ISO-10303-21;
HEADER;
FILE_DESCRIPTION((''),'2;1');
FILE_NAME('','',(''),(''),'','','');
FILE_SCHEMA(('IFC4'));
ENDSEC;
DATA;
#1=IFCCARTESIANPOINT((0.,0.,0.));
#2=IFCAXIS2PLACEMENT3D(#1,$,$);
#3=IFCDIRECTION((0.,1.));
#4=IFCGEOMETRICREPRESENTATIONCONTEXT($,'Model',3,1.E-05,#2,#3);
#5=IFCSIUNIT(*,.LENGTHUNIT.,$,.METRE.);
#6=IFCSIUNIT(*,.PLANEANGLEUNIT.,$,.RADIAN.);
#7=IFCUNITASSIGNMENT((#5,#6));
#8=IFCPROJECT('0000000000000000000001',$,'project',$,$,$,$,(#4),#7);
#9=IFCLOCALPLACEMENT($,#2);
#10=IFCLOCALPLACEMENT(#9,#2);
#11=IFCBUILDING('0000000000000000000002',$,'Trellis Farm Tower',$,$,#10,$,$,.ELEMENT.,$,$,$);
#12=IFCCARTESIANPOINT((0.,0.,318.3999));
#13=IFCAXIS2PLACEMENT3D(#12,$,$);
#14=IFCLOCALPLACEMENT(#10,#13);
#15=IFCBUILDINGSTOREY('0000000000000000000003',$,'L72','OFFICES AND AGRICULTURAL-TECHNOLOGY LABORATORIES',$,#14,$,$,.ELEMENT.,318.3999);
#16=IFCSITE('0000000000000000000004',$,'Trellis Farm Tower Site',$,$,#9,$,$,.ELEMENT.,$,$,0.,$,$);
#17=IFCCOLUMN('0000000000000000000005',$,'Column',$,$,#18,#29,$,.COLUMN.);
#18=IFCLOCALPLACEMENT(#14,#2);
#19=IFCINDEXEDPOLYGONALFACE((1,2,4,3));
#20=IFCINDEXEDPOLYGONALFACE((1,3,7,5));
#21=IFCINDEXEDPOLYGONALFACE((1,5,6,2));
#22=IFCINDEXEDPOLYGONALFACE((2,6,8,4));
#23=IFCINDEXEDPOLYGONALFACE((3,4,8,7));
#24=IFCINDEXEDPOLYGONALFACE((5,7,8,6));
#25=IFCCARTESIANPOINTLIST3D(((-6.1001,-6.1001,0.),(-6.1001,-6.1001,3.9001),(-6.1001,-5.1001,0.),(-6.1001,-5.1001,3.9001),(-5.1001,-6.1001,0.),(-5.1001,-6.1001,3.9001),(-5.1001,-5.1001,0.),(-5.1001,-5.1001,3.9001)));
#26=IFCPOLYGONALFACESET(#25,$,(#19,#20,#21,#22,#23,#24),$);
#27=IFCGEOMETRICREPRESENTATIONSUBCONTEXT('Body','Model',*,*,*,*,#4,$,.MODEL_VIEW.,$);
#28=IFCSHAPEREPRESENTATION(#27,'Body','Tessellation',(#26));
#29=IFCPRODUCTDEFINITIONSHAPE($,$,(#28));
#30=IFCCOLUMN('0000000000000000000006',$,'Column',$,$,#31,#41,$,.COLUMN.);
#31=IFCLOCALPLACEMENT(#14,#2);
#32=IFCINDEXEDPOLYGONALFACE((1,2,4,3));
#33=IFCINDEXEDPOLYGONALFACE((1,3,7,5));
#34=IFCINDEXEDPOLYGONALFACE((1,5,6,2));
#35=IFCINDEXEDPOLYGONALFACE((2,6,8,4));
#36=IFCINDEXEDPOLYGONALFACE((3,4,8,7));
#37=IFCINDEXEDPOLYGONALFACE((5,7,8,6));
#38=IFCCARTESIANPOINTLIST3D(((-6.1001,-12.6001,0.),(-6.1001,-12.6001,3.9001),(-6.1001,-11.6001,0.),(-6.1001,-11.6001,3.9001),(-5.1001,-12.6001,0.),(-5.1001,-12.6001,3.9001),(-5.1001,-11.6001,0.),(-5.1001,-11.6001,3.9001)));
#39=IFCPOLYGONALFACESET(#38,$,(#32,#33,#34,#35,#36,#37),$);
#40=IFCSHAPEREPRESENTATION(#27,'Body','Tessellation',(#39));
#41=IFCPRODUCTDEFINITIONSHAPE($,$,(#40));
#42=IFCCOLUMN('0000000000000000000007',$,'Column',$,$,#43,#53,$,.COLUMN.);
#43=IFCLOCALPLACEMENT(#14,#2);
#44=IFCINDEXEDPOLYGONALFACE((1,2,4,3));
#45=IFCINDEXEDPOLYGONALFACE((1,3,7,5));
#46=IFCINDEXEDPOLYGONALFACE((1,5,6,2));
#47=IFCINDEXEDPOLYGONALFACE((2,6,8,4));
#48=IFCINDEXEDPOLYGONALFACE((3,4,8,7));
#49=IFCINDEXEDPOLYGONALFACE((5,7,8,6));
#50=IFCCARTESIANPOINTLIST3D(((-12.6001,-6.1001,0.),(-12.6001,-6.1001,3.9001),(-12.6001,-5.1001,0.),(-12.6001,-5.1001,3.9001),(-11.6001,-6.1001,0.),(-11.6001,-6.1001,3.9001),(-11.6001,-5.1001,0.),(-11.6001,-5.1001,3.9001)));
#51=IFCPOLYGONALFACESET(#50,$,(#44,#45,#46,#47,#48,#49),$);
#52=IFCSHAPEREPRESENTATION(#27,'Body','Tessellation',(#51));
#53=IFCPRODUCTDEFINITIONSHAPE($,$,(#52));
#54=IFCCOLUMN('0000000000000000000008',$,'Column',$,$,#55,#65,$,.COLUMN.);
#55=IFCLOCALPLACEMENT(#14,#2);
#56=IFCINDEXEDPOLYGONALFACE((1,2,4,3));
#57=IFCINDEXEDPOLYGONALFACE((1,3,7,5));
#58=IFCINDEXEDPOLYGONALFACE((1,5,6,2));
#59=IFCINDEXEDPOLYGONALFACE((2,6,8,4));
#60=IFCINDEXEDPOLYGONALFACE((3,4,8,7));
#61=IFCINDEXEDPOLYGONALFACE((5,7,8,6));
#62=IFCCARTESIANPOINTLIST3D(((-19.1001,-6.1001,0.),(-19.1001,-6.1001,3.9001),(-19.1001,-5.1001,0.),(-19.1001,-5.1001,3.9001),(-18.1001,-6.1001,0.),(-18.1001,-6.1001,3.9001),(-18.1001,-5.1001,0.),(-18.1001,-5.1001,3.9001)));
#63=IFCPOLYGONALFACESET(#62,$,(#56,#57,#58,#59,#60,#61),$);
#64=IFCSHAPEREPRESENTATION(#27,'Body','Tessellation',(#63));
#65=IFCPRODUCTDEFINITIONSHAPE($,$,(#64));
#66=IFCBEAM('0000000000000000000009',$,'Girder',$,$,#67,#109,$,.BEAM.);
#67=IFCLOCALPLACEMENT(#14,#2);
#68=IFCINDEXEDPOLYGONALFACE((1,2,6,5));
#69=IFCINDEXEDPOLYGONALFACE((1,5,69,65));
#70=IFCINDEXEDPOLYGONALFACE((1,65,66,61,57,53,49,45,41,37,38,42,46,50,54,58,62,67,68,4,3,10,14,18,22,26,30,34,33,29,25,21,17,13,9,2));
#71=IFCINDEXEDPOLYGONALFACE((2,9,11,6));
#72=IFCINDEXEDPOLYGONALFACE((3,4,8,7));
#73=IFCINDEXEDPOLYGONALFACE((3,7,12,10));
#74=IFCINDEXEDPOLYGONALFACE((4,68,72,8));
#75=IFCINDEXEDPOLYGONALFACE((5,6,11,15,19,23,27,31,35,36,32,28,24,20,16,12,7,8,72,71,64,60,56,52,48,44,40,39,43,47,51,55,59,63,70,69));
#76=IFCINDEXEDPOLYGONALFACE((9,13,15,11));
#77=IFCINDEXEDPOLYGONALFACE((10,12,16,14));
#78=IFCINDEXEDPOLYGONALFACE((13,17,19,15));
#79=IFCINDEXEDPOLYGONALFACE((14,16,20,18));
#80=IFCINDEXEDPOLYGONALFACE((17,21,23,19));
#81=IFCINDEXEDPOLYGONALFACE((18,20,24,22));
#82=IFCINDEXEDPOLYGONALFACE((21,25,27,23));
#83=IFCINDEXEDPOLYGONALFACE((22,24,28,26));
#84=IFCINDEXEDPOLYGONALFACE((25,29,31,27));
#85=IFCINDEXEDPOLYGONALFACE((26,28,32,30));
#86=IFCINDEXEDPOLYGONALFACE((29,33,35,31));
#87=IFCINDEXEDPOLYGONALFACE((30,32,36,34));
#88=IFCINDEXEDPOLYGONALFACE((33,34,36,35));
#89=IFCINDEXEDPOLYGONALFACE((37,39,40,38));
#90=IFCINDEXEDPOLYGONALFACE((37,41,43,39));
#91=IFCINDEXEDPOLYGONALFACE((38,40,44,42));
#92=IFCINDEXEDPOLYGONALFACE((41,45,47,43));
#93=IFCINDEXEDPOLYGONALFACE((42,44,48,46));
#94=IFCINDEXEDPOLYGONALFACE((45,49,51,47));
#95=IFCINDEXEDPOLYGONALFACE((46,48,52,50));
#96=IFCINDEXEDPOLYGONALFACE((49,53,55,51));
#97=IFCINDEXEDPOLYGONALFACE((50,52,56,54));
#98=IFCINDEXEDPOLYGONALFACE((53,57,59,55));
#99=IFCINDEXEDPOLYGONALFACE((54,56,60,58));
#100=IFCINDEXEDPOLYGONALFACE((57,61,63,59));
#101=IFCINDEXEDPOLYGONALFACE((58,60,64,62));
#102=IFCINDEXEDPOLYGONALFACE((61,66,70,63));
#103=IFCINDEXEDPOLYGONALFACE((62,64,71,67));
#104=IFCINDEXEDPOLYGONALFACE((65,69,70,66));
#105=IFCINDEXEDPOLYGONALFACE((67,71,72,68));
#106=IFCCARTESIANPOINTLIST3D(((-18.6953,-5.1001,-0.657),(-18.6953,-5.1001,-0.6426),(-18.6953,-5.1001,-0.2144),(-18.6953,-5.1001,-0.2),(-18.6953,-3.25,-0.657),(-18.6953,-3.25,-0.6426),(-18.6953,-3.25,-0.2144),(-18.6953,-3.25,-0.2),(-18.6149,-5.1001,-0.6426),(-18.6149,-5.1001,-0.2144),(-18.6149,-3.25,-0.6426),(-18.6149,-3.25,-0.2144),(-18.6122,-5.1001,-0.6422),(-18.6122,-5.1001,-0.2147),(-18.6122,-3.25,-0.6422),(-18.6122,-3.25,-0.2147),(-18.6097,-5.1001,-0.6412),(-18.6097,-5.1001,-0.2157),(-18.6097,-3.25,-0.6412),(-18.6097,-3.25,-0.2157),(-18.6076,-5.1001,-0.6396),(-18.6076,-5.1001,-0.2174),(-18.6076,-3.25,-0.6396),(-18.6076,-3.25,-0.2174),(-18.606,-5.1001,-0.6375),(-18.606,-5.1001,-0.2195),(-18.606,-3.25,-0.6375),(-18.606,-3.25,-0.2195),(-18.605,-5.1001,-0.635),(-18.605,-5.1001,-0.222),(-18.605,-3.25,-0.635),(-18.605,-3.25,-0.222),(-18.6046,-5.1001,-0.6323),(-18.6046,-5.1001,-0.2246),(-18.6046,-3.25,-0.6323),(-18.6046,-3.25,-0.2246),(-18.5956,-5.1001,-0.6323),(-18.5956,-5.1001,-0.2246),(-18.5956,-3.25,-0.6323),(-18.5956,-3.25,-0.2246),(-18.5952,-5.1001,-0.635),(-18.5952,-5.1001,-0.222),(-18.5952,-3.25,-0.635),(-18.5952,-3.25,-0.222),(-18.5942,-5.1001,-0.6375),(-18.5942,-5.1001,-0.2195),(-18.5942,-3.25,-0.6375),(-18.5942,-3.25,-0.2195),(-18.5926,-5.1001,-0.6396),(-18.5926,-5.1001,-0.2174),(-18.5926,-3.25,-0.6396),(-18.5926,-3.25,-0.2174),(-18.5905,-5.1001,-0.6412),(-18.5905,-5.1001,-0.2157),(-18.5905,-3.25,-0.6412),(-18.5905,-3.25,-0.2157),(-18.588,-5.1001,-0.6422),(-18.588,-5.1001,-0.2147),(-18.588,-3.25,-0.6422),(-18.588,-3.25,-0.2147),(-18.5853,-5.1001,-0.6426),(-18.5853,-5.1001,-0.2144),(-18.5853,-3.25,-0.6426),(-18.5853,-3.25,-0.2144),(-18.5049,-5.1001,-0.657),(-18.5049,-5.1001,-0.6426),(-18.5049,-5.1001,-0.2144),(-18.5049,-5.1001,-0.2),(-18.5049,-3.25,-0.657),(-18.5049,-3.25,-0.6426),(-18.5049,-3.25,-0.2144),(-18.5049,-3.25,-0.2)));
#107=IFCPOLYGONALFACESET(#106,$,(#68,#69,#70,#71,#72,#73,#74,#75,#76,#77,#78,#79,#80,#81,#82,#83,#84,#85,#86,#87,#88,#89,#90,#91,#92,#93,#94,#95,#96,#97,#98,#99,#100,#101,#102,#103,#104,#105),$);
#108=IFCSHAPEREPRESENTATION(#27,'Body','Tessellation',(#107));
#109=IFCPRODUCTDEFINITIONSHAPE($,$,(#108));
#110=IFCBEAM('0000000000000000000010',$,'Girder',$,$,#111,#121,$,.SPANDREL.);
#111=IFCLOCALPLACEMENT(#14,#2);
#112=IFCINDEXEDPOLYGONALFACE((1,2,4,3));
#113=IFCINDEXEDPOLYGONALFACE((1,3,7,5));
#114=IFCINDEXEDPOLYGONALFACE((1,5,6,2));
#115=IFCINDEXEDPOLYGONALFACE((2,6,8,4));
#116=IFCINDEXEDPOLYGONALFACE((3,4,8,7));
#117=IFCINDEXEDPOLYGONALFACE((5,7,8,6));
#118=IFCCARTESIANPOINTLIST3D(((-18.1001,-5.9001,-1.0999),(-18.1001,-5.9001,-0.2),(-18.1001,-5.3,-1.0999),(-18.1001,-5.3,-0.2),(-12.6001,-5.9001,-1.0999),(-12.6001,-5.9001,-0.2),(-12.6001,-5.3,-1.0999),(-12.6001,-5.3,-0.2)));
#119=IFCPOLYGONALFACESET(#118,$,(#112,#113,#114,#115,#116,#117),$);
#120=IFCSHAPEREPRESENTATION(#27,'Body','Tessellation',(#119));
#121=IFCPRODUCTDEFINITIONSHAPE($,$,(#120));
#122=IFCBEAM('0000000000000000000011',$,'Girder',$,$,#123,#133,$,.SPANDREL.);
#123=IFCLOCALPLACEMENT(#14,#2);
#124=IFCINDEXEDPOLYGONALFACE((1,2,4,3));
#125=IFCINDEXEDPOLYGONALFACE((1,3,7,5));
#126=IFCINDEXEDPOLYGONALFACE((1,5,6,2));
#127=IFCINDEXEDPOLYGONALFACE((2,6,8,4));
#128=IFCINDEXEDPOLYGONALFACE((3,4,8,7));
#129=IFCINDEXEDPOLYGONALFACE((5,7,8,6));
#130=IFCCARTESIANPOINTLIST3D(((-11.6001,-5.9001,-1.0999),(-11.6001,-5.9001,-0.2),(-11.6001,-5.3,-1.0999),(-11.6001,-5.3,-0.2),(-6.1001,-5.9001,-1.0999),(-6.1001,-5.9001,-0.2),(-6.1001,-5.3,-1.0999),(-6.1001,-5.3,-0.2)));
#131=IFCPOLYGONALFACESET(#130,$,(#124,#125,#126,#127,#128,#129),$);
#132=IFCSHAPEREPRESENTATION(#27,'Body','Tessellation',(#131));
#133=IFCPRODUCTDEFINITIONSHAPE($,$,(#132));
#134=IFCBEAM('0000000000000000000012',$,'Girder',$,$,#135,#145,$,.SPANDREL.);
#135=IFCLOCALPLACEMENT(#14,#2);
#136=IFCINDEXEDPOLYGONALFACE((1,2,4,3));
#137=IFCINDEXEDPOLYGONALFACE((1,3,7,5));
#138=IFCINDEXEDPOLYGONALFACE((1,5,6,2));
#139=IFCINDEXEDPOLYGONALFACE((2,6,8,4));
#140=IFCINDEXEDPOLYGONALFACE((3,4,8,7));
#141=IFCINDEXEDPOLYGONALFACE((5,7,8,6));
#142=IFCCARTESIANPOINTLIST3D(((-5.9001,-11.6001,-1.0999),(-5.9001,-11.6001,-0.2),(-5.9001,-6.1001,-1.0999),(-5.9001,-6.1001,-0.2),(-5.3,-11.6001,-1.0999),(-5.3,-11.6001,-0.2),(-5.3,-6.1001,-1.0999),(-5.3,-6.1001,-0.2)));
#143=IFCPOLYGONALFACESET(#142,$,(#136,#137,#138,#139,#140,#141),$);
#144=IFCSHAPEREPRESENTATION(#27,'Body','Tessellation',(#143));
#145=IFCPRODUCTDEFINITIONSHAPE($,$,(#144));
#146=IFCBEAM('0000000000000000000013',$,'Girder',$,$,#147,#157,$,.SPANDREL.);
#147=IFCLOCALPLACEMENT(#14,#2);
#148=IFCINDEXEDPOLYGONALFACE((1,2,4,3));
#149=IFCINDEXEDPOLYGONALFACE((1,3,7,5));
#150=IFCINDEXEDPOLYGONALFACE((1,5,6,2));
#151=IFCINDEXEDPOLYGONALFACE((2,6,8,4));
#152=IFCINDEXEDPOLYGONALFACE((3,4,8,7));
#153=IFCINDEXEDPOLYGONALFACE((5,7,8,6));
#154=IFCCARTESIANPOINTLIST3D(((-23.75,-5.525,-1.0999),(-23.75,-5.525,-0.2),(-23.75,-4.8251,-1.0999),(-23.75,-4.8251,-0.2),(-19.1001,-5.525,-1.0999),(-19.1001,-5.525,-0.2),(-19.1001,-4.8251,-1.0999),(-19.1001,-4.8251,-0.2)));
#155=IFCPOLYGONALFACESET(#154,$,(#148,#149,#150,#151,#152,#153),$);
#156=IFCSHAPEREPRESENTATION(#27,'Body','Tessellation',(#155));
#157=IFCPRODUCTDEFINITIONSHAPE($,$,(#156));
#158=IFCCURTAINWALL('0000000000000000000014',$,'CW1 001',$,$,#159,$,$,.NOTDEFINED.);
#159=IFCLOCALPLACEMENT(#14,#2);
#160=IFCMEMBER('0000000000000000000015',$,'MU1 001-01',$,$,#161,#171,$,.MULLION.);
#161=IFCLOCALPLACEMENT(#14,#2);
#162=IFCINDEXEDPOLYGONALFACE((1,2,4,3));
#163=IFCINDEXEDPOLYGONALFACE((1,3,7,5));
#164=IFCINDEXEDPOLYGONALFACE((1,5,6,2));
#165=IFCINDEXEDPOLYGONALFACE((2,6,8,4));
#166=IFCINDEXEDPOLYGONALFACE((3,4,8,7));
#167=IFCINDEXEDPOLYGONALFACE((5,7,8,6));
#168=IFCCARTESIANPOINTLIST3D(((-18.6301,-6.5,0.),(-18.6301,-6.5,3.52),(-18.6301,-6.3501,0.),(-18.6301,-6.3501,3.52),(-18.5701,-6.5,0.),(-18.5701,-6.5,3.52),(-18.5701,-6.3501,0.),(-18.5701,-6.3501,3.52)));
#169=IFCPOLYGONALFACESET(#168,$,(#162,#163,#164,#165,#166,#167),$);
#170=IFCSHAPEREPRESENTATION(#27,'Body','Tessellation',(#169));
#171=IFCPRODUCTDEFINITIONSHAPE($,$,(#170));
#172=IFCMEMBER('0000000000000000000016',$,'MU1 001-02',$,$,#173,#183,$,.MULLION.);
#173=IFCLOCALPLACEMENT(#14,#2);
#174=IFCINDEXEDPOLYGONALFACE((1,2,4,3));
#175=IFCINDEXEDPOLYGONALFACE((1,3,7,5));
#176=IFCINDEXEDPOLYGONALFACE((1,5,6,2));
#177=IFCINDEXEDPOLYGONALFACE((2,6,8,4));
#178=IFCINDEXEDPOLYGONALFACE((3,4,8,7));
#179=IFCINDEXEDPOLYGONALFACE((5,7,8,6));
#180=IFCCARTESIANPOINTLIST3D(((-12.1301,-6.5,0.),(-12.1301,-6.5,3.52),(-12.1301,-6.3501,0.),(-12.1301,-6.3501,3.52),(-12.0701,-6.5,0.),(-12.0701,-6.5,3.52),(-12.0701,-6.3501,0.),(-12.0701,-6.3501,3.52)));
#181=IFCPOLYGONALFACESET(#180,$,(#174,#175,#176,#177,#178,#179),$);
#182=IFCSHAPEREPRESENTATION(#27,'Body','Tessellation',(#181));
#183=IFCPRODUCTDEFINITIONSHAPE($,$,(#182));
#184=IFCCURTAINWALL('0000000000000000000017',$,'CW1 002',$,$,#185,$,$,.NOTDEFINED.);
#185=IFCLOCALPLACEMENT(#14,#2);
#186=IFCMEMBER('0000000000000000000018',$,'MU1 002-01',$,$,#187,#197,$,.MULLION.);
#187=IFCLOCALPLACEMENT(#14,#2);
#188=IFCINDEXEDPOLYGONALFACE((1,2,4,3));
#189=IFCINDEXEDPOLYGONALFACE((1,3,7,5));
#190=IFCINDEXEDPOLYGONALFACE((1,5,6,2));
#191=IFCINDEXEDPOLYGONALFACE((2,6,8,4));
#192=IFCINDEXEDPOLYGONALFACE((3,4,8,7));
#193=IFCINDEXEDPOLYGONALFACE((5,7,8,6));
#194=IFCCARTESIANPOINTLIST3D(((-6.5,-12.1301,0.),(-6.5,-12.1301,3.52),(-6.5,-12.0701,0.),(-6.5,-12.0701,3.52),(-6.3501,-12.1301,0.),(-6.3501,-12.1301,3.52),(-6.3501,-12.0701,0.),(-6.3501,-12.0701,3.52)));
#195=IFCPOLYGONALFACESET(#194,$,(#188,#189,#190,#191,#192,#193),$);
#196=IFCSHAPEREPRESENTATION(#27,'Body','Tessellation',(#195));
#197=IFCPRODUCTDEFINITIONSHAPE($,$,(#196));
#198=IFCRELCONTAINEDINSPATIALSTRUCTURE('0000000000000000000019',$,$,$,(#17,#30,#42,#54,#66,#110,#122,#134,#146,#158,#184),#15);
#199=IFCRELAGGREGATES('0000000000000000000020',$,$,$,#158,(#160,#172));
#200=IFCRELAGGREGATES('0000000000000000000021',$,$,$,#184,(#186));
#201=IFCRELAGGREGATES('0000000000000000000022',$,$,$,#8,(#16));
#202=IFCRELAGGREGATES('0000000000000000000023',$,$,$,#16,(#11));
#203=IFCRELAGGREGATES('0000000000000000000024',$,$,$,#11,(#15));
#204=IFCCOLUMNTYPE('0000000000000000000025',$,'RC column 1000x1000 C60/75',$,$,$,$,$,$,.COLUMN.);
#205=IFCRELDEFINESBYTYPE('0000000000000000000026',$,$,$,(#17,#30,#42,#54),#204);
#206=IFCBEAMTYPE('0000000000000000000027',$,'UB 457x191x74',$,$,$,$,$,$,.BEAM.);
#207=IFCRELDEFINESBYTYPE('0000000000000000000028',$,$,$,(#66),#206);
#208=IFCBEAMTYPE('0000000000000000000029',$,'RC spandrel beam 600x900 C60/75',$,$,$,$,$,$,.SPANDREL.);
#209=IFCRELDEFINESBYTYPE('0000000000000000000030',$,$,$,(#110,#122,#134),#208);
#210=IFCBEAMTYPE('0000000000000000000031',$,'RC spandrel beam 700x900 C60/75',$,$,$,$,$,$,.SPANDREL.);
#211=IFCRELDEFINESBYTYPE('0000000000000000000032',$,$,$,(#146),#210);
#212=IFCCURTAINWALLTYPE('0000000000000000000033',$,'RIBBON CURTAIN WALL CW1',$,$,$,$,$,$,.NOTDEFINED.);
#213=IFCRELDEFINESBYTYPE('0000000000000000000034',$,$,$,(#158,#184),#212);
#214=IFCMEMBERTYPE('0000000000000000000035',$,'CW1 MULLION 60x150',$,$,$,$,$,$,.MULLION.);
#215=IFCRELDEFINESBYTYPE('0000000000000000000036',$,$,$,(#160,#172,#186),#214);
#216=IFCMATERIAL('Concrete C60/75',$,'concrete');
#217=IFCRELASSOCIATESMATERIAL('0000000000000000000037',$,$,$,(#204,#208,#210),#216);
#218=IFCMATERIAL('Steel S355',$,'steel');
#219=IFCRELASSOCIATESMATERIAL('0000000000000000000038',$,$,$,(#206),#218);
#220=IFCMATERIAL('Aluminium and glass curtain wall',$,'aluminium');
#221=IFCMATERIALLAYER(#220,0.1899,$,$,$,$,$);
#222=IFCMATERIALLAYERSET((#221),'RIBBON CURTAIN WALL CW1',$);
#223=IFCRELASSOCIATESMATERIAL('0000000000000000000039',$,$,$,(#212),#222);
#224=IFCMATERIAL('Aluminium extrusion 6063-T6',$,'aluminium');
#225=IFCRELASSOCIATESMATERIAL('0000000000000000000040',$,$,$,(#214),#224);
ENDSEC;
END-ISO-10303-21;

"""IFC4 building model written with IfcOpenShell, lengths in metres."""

from ifc_helpers import new_model, si_unit, direction, frame, origin, origin_2d, place, context, subcontext, project, spatial, rectangle, i_section, extrude, source, transform, mapped, material, layer, layer_set, material_profile, profile_set, type_object, element, aggregate, save


model = new_model("IFC4")

# Units and contexts
model_context = context("Model", 3, precision=1e-05, world=origin(), true_north=direction((0.0, 1.0)))
body_context = subcontext(model_context, "Body", "Model", "MODEL_VIEW")
ifc_project = project(units=[si_unit("LENGTHUNIT", "METRE"), si_unit("PLANEANGLEUNIT", "RADIAN")], contexts=[model_context])

# Site, building, storey
site_placement = place(None, origin())
site = spatial("IfcSite", under=ifc_project, at=site_placement, Name="Trellis Farm Tower Site", CompositionType="ELEMENT", RefElevation=0.0)
building_placement = place(site_placement, origin())
building = spatial("IfcBuilding", under=site, at=building_placement, Name="Trellis Farm Tower", CompositionType="ELEMENT")
storey_placement = place(building_placement, frame((0.0, 0.0, 318.3999)))
storey = spatial("IfcBuildingStorey", under=building, at=storey_placement, Name="L72", Description="OFFICES AND AGRICULTURAL-TECHNOLOGY LABORATORIES", CompositionType="ELEMENT", Elevation=318.3999)

# Columns
ifc_material_1 = material(Name="Concrete C60/75", Category="concrete")
ifc_material_profile_1 = material_profile(ifc_material_1, rectangle(XDim=1.0, YDim=1.0, at=origin_2d()), Name="RC column 1000x1000 C60/75")
ifc_profile_set_1 = profile_set([ifc_material_profile_1], Name="Concrete C60/75")
column_type = type_object("IfcColumnType", Name="RC column 1000x1000 C60/75", PredefinedType="COLUMN", material=ifc_profile_set_1)
shared_shape_1 = source(origin(), body_context, "Body", "SweptSolid", [
    extrude(rectangle(XDim=1.0, YDim=1.0, at=origin_2d()), origin(), (0.0, 0.0, 1.0), 3.9001),
])
for number, where, z_axis, x_axis, name in (
    (1, (-5.6001, -5.6001, 0.0), (0.0, 0.0, 1.0), (1.0, 0.0, 0.0), "Column"),
    (2, (-5.6001, -12.1001, 0.0), (0.0, 0.0, 1.0), (1.0, 0.0, 0.0), "Column"),
    (3, (-12.1001, -5.6001, 0.0), (0.0, 0.0, 1.0), (1.0, 0.0, 0.0), "Column"),
    (4, (-18.6001, -5.6001, 0.0), (0.0, 0.0, 1.0), (1.0, 0.0, 0.0), "Column"),
):
    element("IfcColumn", number, at=place(storey_placement, frame(where, z_axis=z_axis, x_axis=x_axis)), inside=storey, type_object=column_type, Name=name, PredefinedType="COLUMN", context=body_context, shape_type="MappedRepresentation", body=[
        mapped(shared_shape_1, transform((0.0, 0.0, 0.0))),
    ])

# Beams
ifc_material_2 = material(Name="Steel S355", Category="steel")
ifc_material_profile_2 = material_profile(ifc_material_2, i_section(OverallWidth=0.1904, OverallDepth=0.457, WebThickness=0.009, FlangeThickness=0.0144, FilletRadius=0.0103, at=origin_2d()), Name="UB 457x191x74")
ifc_profile_set_2 = profile_set([ifc_material_profile_2], Name="Steel S355")
beam_type_1 = type_object("IfcBeamType", Name="UB 457x191x74", PredefinedType="BEAM", material=ifc_profile_set_2)
shared_shape_2 = source(origin(), body_context, "Body", "SweptSolid", [
    extrude(i_section(OverallWidth=0.1904, OverallDepth=0.457, WebThickness=0.009, FlangeThickness=0.0144, FilletRadius=0.0103, at=origin_2d()), origin(), (0.0, 0.0, 1.0), 1.8501),
])
beam_1_placement = place(storey_placement, frame((-18.6001, -5.1001, -0.4285), z_axis=(0.0, 1.0, 0.0), x_axis=(-1.0, 0.0, 0.0)))
element("IfcBeam", 5, at=beam_1_placement, inside=storey, type_object=beam_type_1, Name="Girder", PredefinedType="BEAM", context=body_context, shape_type="MappedRepresentation", body=[
    mapped(shared_shape_2, transform((0.0, 0.0, 0.0))),
])
ifc_material_profile_3 = material_profile(ifc_material_1, rectangle(XDim=0.6001, YDim=0.8999, at=origin_2d()), Name="RC spandrel beam 600x900 C60/75")
ifc_profile_set_3 = profile_set([ifc_material_profile_3], Name="Concrete C60/75")
beam_type_2 = type_object("IfcBeamType", Name="RC spandrel beam 600x900 C60/75", PredefinedType="SPANDREL", material=ifc_profile_set_3)
shared_shape_3 = source(origin(), body_context, "Body", "SweptSolid", [
    extrude(rectangle(XDim=0.6001, YDim=0.8999, at=origin_2d()), origin(), (0.0, 0.0, 1.0), 5.5),
])
for number, where, z_axis, x_axis, name in (
    (6, (-18.1001, -5.6001, -0.6499), (1.0, 0.0, 0.0), (0.0, 1.0, 0.0), "Girder"),
    (7, (-11.6001, -5.6001, -0.6499), (1.0, 0.0, 0.0), (0.0, 1.0, 0.0), "Girder"),
    (8, (-5.6001, -11.6001, -0.6499), (0.0, 1.0, 0.0), (-1.0, 0.0, 0.0), "Girder"),
):
    element("IfcBeam", number, at=place(storey_placement, frame(where, z_axis=z_axis, x_axis=x_axis)), inside=storey, type_object=beam_type_2, Name=name, PredefinedType="SPANDREL", context=body_context, shape_type="MappedRepresentation", body=[
        mapped(shared_shape_3, transform((0.0, 0.0, 0.0))),
    ])
ifc_material_profile_4 = material_profile(ifc_material_1, rectangle(XDim=0.7, YDim=0.8999, at=origin_2d()), Name="RC spandrel beam 700x900 C60/75")
ifc_profile_set_4 = profile_set([ifc_material_profile_4], Name="Concrete C60/75")
beam_type_3 = type_object("IfcBeamType", Name="RC spandrel beam 700x900 C60/75", PredefinedType="SPANDREL", material=ifc_profile_set_4)
shared_shape_4 = source(origin(), body_context, "Body", "SweptSolid", [
    extrude(rectangle(XDim=0.7, YDim=0.8999, at=origin_2d()), origin(), (0.0, 0.0, 1.0), 4.6499),
])
beam_2_placement = place(storey_placement, frame((-23.75, -5.175, -0.6499), z_axis=(1.0, 0.0, 0.0), x_axis=(0.0, 1.0, 0.0)))
element("IfcBeam", 9, at=beam_2_placement, inside=storey, type_object=beam_type_3, Name="Girder", PredefinedType="SPANDREL", context=body_context, shape_type="MappedRepresentation", body=[
    mapped(shared_shape_4, transform((0.0, 0.0, 0.0))),
])

# Curtain walls, members
ifc_material_3 = material(Name="Aluminium and glass curtain wall", Category="aluminium")
ifc_layer_1 = layer(ifc_material_3, 0.1899)
ifc_layer_set_1 = layer_set([ifc_layer_1], Name="RIBBON CURTAIN WALL CW1")
curtain_wall_type_1 = type_object("IfcCurtainWallType", Name="RIBBON CURTAIN WALL CW1", PredefinedType="NOTDEFINED", material=ifc_layer_set_1)
placement = place(storey_placement, origin())
curtain_wall_1 = element("IfcCurtainWall", 10, at=placement, inside=storey, type_object=curtain_wall_type_1, Name="CW1 001", PredefinedType="NOTDEFINED")
ifc_material_4 = material(Name="Aluminium extrusion 6063-T6", Category="aluminium")
ifc_material_profile_5 = material_profile(ifc_material_4, rectangle(XDim=0.0601, YDim=0.1499, at=origin_2d()), Name="MULLION 60x150")
ifc_profile_set_5 = profile_set([ifc_material_profile_5], Name="Aluminium extrusion 6063-T6")
member_type_1 = type_object("IfcMemberType", Name="CW1 MULLION 60x150", PredefinedType="MULLION", material=ifc_profile_set_5)
shared_shape_5 = source(origin(), body_context, "Body", "SweptSolid", [
    extrude(rectangle(XDim=0.0601, YDim=0.1499, at=origin_2d()), origin(), (0.0, 0.0, 1.0), 3.52),
])
member_1_placement = place(storey_placement, frame((-18.6001, -6.425, 0.0), z_axis=(0.0, 0.0, 1.0), x_axis=(1.0, 0.0, 0.0)))
member_1 = element("IfcMember", 11, at=member_1_placement, type_object=member_type_1, Name="MU1 001-01", PredefinedType="MULLION", context=body_context, shape_type="MappedRepresentation", body=[
    mapped(shared_shape_5, transform((0.0, 0.0, 0.0))),
])
member_2_placement = place(storey_placement, frame((-12.1001, -6.425, 0.0), z_axis=(0.0, 0.0, 1.0), x_axis=(1.0, 0.0, 0.0)))
member_2 = element("IfcMember", 12, at=member_2_placement, type_object=member_type_1, Name="MU1 001-02", PredefinedType="MULLION", context=body_context, shape_type="MappedRepresentation", body=[
    mapped(shared_shape_5, transform((0.0, 0.0, 0.0))),
])
aggregate(curtain_wall_1, [member_1, member_2])
curtain_wall_2 = element("IfcCurtainWall", 13, at=placement, inside=storey, type_object=curtain_wall_type_1, Name="CW1 002", PredefinedType="NOTDEFINED")
member_3_placement = place(storey_placement, frame((-6.425, -12.1001, 0.0), z_axis=(0.0, 0.0, 1.0), x_axis=(0.0, -1.0, 0.0)))
member_3 = element("IfcMember", 14, at=member_3_placement, type_object=member_type_1, Name="MU1 002-01", PredefinedType="MULLION", context=body_context, shape_type="MappedRepresentation", body=[
    mapped(shared_shape_5, transform((0.0, 0.0, 0.0))),
])
aggregate(curtain_wall_2, [member_3])

save(model, "model.ifc")
